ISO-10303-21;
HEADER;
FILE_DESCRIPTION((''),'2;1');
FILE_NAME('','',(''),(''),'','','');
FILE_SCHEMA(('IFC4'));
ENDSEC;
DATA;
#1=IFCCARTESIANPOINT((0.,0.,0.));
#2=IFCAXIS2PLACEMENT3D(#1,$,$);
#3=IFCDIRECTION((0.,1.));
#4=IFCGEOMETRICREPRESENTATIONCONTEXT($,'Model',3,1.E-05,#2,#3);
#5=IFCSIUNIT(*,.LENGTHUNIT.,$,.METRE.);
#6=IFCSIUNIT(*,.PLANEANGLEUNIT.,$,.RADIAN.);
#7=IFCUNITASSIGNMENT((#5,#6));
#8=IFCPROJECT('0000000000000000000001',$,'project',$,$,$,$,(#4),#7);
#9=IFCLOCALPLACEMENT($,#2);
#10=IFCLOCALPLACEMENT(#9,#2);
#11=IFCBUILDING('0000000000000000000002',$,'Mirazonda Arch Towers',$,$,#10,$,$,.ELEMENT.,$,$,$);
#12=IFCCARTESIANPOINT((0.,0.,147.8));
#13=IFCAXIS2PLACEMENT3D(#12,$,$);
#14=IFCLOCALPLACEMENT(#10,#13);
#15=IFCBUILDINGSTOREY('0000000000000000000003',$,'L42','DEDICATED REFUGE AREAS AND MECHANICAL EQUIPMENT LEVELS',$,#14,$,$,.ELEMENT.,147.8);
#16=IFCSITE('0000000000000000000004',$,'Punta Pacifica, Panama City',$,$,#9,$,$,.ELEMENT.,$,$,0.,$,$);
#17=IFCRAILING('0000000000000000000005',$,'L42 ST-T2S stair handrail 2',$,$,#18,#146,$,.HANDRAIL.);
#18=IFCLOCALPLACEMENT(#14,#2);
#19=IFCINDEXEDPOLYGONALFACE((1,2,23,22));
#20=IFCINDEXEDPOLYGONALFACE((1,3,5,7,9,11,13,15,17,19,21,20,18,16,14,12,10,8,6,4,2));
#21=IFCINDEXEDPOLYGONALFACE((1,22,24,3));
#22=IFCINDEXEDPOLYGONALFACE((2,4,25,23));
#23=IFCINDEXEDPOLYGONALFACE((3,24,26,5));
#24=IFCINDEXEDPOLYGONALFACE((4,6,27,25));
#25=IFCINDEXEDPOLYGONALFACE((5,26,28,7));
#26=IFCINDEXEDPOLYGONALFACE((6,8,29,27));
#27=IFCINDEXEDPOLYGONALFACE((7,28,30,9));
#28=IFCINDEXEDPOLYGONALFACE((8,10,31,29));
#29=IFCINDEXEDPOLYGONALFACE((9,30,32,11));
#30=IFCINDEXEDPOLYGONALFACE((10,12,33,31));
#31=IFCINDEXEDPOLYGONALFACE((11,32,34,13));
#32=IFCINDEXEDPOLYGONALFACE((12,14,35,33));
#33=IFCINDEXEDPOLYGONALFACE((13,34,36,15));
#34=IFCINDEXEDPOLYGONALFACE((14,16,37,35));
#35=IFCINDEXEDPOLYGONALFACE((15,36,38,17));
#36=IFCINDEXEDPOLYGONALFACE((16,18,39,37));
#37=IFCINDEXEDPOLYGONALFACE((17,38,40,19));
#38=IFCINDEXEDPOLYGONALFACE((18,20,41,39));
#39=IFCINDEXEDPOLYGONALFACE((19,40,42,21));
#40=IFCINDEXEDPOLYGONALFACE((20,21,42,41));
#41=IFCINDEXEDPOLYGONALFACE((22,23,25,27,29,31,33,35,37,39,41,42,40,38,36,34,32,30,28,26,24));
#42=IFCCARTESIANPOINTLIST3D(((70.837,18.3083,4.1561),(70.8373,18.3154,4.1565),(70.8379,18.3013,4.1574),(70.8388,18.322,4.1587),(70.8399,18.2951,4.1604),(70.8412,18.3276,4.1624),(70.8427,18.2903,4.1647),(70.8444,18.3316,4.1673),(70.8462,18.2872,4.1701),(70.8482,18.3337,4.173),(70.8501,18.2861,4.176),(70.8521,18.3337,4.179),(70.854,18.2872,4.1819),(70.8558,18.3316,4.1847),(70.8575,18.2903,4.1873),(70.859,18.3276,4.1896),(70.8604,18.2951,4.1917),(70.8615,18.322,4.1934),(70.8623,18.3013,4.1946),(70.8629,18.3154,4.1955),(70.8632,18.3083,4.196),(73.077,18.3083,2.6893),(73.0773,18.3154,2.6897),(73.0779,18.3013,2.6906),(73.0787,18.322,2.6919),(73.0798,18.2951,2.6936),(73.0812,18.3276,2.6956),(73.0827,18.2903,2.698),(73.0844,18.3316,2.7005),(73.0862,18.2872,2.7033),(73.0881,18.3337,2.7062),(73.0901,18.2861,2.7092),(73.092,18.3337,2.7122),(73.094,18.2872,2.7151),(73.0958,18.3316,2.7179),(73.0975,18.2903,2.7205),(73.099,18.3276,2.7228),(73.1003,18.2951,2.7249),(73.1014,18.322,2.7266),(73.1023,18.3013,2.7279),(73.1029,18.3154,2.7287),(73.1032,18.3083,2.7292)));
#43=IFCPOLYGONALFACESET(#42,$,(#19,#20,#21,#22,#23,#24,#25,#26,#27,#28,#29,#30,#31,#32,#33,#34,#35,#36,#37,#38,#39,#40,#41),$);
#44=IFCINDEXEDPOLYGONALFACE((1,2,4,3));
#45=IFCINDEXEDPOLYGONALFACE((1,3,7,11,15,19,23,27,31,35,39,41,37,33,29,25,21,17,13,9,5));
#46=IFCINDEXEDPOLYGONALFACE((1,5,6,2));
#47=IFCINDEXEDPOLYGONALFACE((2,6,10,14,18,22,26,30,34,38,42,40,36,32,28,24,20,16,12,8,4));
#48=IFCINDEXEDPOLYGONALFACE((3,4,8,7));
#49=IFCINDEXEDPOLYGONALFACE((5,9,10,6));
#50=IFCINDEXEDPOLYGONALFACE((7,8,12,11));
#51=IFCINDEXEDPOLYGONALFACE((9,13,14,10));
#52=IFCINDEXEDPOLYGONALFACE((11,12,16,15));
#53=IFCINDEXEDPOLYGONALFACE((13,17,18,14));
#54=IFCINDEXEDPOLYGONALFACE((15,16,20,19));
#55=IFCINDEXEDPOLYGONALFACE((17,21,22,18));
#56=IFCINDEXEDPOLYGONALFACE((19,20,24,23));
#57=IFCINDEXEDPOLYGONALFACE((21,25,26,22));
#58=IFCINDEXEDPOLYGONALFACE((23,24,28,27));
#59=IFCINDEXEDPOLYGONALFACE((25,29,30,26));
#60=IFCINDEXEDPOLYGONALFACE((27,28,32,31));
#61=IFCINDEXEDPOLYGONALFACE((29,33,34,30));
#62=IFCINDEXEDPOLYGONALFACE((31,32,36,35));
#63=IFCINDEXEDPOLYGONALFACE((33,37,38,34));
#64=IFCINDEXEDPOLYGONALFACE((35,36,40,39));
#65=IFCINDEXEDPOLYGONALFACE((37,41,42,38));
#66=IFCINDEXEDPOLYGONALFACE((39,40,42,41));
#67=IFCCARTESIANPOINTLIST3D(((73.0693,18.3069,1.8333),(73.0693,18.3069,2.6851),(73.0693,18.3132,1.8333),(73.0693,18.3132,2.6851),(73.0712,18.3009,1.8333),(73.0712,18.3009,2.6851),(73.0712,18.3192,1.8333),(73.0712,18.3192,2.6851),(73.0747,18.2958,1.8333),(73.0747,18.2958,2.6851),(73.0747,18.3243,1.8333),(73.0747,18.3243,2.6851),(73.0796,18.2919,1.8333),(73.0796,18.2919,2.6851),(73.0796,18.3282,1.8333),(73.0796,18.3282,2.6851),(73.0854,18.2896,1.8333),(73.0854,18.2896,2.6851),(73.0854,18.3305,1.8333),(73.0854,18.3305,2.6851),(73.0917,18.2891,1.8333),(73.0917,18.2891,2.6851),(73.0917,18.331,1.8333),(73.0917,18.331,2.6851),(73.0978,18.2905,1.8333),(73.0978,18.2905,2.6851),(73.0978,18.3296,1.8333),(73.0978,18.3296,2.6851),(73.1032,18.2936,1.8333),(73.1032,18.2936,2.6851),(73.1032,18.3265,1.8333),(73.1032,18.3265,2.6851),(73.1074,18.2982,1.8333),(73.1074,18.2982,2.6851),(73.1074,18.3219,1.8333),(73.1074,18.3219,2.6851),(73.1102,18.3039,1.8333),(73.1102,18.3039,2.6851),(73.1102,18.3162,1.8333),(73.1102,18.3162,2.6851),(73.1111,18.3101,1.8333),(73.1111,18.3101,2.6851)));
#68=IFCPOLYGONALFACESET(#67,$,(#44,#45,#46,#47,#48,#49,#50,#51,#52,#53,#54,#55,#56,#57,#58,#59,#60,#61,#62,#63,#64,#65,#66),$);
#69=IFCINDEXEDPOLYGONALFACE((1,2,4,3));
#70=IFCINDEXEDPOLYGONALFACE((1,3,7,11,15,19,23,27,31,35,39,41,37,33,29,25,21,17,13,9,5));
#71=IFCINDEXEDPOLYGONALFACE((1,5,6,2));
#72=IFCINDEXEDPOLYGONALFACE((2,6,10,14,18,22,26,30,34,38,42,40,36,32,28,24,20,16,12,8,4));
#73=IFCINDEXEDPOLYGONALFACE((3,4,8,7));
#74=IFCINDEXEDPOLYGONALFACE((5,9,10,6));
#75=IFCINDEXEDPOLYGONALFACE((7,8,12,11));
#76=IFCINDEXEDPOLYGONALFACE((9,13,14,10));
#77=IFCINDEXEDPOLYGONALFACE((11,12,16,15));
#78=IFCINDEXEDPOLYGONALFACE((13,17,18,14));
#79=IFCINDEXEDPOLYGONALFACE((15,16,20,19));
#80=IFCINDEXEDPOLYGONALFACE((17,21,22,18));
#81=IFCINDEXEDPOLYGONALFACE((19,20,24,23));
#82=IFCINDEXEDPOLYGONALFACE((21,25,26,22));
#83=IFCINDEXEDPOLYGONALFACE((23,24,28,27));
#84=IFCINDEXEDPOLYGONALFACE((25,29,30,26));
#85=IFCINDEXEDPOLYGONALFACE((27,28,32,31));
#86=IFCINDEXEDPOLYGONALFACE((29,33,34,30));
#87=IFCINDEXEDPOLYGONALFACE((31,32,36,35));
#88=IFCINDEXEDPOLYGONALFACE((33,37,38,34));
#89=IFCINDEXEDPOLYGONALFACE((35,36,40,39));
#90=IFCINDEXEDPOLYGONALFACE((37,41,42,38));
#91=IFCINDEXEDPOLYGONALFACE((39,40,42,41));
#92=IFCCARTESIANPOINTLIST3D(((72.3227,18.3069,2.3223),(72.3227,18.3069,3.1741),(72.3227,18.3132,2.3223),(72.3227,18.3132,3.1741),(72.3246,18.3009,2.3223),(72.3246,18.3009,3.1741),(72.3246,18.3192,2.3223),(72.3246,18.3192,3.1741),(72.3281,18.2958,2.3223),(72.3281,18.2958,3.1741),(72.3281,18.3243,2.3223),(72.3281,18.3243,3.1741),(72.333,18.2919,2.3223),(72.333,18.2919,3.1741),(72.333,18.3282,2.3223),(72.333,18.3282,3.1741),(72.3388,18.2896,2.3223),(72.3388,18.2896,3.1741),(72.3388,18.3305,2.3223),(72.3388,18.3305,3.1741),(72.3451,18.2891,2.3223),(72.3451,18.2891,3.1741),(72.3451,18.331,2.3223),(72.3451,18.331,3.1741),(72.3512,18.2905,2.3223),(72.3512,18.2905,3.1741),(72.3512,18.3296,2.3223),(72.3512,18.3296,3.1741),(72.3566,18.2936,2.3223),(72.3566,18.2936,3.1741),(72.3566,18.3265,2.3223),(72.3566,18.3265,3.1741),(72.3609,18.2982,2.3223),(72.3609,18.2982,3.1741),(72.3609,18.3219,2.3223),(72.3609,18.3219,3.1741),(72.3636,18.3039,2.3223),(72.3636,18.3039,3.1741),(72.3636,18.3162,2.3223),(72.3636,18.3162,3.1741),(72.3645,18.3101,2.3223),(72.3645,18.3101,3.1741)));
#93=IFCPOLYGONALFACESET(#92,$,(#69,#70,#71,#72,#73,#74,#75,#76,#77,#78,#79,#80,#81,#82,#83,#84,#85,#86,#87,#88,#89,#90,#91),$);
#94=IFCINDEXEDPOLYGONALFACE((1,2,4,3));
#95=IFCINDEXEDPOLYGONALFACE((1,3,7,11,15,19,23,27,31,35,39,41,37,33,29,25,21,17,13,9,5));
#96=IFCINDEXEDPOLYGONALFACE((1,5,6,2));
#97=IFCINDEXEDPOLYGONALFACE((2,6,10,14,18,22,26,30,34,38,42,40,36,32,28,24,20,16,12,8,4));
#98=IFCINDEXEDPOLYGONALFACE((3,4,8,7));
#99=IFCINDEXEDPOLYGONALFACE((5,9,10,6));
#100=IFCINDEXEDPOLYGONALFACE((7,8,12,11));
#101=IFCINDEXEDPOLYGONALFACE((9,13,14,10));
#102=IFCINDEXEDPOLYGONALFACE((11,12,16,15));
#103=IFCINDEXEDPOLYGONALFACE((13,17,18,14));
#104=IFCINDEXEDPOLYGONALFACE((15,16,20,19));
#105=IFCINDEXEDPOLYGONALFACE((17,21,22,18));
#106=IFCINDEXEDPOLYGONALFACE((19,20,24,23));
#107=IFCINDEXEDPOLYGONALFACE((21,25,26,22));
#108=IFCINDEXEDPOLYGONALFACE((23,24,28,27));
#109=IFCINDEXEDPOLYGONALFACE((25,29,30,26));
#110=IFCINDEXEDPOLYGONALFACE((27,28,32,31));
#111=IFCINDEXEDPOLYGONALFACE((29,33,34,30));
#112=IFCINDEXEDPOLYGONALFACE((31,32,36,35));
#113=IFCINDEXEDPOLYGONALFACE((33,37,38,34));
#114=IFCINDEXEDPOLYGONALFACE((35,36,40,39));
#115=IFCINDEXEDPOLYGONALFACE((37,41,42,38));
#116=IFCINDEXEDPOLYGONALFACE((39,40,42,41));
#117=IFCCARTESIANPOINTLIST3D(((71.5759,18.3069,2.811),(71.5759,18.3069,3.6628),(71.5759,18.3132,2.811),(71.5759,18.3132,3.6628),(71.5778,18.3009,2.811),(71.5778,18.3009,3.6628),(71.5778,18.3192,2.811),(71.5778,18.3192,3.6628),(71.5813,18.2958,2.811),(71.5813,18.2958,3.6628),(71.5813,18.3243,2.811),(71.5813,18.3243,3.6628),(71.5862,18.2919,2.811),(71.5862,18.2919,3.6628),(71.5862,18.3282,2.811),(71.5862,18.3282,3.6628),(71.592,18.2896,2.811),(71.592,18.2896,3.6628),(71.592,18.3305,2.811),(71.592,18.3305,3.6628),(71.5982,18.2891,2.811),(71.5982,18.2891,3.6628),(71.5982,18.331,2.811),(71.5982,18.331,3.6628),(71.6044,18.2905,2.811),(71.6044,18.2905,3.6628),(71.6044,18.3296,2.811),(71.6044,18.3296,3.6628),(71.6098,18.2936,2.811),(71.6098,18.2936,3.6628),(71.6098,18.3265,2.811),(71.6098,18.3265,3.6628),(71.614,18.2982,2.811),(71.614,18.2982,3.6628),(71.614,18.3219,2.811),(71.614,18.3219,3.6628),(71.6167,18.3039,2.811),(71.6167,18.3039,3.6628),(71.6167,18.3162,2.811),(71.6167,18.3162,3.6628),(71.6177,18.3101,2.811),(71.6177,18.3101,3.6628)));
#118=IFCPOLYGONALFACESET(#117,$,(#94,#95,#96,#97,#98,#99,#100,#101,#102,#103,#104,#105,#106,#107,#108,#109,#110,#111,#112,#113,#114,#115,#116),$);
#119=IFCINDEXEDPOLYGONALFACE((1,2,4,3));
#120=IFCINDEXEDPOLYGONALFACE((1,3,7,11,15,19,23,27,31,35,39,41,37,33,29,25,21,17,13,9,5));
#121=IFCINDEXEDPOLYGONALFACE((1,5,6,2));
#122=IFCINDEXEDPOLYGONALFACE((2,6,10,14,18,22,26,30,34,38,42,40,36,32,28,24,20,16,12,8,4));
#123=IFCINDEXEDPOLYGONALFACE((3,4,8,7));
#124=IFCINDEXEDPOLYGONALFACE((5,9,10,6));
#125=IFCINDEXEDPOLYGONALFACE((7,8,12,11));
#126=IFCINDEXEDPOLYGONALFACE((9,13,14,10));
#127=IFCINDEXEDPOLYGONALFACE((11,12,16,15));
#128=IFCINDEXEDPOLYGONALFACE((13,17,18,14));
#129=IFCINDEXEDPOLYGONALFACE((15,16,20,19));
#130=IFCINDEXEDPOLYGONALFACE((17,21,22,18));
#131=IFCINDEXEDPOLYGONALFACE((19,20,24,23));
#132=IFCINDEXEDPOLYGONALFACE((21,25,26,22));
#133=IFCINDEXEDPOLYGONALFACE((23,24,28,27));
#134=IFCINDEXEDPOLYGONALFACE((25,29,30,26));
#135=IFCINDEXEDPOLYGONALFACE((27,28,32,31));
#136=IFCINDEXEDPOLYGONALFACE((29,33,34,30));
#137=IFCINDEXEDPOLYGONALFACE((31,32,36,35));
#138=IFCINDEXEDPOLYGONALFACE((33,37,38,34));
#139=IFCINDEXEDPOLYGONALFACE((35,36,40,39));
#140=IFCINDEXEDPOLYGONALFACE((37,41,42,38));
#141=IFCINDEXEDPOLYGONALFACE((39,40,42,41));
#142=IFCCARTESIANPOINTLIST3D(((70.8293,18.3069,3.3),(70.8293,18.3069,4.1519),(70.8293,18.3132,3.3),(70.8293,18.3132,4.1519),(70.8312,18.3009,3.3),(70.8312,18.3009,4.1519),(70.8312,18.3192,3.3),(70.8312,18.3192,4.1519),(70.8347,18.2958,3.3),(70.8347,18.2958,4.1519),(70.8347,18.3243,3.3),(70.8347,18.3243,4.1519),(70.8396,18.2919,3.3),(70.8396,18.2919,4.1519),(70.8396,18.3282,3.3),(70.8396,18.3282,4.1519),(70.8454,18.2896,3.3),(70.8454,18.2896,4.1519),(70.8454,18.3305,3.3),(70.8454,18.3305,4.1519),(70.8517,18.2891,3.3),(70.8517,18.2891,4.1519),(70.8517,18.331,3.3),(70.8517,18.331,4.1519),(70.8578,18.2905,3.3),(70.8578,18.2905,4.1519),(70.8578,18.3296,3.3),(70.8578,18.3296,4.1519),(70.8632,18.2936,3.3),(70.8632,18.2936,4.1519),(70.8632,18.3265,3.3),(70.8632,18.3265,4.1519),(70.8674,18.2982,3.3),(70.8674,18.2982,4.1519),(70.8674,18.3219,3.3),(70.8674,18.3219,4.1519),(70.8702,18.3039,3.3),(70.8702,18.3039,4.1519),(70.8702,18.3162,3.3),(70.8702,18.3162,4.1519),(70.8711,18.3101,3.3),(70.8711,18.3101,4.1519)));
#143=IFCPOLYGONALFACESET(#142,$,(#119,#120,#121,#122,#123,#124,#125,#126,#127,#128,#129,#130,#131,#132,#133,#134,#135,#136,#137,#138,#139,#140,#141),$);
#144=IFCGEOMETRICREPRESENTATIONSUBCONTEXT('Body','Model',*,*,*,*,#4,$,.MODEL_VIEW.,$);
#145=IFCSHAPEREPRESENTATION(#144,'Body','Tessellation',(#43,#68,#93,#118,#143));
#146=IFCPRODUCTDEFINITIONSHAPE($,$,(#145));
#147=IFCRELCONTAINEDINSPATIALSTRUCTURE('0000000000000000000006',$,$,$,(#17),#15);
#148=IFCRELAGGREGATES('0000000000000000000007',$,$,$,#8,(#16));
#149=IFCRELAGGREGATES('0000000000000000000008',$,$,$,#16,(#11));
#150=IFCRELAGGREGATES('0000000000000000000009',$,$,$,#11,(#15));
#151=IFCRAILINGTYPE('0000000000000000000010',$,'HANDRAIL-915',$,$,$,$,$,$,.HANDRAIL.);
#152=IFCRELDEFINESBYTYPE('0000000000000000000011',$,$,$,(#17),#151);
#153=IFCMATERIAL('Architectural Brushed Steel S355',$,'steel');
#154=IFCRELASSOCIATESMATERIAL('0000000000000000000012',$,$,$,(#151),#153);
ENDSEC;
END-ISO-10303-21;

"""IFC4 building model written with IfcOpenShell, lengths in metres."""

from ifc_helpers import new_model, si_unit, direction, frame, origin, origin_2d, place, context, subcontext, project, spatial, circle, extrude, material, type_object, element, save


model = new_model("IFC4")

# Units and contexts
model_context = context("Model", 3, precision=1e-05, world=origin(), true_north=direction((0.0, 1.0)))
body_context = subcontext(model_context, "Body", "Model", "MODEL_VIEW")
ifc_project = project(units=[si_unit("LENGTHUNIT", "METRE"), si_unit("PLANEANGLEUNIT", "RADIAN")], contexts=[model_context])

# Site, building, storey
site_placement = place(None, origin())
site = spatial("IfcSite", under=ifc_project, at=site_placement, Name="Punta Pacifica, Panama City", CompositionType="ELEMENT", RefElevation=0.0)
building_placement = place(site_placement, origin())
building = spatial("IfcBuilding", under=site, at=building_placement, Name="Mirazonda Arch Towers", CompositionType="ELEMENT")
storey_placement = place(building_placement, frame((0.0, 0.0, 147.8)))
storey = spatial("IfcBuildingStorey", under=building, at=storey_placement, Name="L42", Description="DEDICATED REFUGE AREAS AND MECHANICAL EQUIPMENT LEVELS", CompositionType="ELEMENT", Elevation=147.8)

# Shared definitions
ifc_material_1 = material(Name="Architectural Brushed Steel S355", Category="steel")

# Railing
railing_type_1 = type_object("IfcRailingType", Name="HANDRAIL-915", PredefinedType="HANDRAIL", material=ifc_material_1)
railing_1_placement = place(storey_placement, frame((73.0901, 18.3101, 1.8333)))
element("IfcRailing", 1, at=railing_1_placement, inside=storey, type_object=railing_type_1, Name="L42 ST-T2S stair handrail 2", PredefinedType="HANDRAIL", context=body_context, shape_type="SweptSolid", body=[
    extrude(circle(Radius=0.0239, at=origin_2d()), frame((0.0, 0.0, 0.876), z_axis=(-0.836595, 0.0, 0.547822), x_axis=(0.0, -1.0, 0.0)), (0.0, 0.0, 1.0), 2.6775),
    extrude(circle(Radius=0.021, at=origin_2d()), origin(), (0.0, 0.0, 1.0), 0.8518),
    extrude(circle(Radius=0.021, at=origin_2d()), frame((-0.7466, 0.0, 0.489)), (0.0, 0.0, 1.0), 0.8518),
    extrude(circle(Radius=0.021, at=origin_2d()), frame((-1.4934, 0.0, 0.9778)), (0.0, 0.0, 1.0), 0.8518),
    extrude(circle(Radius=0.021, at=origin_2d()), frame((-2.24, 0.0, 1.4668)), (0.0, 0.0, 1.0), 0.8518),
])

save(model, "model.ifc")
